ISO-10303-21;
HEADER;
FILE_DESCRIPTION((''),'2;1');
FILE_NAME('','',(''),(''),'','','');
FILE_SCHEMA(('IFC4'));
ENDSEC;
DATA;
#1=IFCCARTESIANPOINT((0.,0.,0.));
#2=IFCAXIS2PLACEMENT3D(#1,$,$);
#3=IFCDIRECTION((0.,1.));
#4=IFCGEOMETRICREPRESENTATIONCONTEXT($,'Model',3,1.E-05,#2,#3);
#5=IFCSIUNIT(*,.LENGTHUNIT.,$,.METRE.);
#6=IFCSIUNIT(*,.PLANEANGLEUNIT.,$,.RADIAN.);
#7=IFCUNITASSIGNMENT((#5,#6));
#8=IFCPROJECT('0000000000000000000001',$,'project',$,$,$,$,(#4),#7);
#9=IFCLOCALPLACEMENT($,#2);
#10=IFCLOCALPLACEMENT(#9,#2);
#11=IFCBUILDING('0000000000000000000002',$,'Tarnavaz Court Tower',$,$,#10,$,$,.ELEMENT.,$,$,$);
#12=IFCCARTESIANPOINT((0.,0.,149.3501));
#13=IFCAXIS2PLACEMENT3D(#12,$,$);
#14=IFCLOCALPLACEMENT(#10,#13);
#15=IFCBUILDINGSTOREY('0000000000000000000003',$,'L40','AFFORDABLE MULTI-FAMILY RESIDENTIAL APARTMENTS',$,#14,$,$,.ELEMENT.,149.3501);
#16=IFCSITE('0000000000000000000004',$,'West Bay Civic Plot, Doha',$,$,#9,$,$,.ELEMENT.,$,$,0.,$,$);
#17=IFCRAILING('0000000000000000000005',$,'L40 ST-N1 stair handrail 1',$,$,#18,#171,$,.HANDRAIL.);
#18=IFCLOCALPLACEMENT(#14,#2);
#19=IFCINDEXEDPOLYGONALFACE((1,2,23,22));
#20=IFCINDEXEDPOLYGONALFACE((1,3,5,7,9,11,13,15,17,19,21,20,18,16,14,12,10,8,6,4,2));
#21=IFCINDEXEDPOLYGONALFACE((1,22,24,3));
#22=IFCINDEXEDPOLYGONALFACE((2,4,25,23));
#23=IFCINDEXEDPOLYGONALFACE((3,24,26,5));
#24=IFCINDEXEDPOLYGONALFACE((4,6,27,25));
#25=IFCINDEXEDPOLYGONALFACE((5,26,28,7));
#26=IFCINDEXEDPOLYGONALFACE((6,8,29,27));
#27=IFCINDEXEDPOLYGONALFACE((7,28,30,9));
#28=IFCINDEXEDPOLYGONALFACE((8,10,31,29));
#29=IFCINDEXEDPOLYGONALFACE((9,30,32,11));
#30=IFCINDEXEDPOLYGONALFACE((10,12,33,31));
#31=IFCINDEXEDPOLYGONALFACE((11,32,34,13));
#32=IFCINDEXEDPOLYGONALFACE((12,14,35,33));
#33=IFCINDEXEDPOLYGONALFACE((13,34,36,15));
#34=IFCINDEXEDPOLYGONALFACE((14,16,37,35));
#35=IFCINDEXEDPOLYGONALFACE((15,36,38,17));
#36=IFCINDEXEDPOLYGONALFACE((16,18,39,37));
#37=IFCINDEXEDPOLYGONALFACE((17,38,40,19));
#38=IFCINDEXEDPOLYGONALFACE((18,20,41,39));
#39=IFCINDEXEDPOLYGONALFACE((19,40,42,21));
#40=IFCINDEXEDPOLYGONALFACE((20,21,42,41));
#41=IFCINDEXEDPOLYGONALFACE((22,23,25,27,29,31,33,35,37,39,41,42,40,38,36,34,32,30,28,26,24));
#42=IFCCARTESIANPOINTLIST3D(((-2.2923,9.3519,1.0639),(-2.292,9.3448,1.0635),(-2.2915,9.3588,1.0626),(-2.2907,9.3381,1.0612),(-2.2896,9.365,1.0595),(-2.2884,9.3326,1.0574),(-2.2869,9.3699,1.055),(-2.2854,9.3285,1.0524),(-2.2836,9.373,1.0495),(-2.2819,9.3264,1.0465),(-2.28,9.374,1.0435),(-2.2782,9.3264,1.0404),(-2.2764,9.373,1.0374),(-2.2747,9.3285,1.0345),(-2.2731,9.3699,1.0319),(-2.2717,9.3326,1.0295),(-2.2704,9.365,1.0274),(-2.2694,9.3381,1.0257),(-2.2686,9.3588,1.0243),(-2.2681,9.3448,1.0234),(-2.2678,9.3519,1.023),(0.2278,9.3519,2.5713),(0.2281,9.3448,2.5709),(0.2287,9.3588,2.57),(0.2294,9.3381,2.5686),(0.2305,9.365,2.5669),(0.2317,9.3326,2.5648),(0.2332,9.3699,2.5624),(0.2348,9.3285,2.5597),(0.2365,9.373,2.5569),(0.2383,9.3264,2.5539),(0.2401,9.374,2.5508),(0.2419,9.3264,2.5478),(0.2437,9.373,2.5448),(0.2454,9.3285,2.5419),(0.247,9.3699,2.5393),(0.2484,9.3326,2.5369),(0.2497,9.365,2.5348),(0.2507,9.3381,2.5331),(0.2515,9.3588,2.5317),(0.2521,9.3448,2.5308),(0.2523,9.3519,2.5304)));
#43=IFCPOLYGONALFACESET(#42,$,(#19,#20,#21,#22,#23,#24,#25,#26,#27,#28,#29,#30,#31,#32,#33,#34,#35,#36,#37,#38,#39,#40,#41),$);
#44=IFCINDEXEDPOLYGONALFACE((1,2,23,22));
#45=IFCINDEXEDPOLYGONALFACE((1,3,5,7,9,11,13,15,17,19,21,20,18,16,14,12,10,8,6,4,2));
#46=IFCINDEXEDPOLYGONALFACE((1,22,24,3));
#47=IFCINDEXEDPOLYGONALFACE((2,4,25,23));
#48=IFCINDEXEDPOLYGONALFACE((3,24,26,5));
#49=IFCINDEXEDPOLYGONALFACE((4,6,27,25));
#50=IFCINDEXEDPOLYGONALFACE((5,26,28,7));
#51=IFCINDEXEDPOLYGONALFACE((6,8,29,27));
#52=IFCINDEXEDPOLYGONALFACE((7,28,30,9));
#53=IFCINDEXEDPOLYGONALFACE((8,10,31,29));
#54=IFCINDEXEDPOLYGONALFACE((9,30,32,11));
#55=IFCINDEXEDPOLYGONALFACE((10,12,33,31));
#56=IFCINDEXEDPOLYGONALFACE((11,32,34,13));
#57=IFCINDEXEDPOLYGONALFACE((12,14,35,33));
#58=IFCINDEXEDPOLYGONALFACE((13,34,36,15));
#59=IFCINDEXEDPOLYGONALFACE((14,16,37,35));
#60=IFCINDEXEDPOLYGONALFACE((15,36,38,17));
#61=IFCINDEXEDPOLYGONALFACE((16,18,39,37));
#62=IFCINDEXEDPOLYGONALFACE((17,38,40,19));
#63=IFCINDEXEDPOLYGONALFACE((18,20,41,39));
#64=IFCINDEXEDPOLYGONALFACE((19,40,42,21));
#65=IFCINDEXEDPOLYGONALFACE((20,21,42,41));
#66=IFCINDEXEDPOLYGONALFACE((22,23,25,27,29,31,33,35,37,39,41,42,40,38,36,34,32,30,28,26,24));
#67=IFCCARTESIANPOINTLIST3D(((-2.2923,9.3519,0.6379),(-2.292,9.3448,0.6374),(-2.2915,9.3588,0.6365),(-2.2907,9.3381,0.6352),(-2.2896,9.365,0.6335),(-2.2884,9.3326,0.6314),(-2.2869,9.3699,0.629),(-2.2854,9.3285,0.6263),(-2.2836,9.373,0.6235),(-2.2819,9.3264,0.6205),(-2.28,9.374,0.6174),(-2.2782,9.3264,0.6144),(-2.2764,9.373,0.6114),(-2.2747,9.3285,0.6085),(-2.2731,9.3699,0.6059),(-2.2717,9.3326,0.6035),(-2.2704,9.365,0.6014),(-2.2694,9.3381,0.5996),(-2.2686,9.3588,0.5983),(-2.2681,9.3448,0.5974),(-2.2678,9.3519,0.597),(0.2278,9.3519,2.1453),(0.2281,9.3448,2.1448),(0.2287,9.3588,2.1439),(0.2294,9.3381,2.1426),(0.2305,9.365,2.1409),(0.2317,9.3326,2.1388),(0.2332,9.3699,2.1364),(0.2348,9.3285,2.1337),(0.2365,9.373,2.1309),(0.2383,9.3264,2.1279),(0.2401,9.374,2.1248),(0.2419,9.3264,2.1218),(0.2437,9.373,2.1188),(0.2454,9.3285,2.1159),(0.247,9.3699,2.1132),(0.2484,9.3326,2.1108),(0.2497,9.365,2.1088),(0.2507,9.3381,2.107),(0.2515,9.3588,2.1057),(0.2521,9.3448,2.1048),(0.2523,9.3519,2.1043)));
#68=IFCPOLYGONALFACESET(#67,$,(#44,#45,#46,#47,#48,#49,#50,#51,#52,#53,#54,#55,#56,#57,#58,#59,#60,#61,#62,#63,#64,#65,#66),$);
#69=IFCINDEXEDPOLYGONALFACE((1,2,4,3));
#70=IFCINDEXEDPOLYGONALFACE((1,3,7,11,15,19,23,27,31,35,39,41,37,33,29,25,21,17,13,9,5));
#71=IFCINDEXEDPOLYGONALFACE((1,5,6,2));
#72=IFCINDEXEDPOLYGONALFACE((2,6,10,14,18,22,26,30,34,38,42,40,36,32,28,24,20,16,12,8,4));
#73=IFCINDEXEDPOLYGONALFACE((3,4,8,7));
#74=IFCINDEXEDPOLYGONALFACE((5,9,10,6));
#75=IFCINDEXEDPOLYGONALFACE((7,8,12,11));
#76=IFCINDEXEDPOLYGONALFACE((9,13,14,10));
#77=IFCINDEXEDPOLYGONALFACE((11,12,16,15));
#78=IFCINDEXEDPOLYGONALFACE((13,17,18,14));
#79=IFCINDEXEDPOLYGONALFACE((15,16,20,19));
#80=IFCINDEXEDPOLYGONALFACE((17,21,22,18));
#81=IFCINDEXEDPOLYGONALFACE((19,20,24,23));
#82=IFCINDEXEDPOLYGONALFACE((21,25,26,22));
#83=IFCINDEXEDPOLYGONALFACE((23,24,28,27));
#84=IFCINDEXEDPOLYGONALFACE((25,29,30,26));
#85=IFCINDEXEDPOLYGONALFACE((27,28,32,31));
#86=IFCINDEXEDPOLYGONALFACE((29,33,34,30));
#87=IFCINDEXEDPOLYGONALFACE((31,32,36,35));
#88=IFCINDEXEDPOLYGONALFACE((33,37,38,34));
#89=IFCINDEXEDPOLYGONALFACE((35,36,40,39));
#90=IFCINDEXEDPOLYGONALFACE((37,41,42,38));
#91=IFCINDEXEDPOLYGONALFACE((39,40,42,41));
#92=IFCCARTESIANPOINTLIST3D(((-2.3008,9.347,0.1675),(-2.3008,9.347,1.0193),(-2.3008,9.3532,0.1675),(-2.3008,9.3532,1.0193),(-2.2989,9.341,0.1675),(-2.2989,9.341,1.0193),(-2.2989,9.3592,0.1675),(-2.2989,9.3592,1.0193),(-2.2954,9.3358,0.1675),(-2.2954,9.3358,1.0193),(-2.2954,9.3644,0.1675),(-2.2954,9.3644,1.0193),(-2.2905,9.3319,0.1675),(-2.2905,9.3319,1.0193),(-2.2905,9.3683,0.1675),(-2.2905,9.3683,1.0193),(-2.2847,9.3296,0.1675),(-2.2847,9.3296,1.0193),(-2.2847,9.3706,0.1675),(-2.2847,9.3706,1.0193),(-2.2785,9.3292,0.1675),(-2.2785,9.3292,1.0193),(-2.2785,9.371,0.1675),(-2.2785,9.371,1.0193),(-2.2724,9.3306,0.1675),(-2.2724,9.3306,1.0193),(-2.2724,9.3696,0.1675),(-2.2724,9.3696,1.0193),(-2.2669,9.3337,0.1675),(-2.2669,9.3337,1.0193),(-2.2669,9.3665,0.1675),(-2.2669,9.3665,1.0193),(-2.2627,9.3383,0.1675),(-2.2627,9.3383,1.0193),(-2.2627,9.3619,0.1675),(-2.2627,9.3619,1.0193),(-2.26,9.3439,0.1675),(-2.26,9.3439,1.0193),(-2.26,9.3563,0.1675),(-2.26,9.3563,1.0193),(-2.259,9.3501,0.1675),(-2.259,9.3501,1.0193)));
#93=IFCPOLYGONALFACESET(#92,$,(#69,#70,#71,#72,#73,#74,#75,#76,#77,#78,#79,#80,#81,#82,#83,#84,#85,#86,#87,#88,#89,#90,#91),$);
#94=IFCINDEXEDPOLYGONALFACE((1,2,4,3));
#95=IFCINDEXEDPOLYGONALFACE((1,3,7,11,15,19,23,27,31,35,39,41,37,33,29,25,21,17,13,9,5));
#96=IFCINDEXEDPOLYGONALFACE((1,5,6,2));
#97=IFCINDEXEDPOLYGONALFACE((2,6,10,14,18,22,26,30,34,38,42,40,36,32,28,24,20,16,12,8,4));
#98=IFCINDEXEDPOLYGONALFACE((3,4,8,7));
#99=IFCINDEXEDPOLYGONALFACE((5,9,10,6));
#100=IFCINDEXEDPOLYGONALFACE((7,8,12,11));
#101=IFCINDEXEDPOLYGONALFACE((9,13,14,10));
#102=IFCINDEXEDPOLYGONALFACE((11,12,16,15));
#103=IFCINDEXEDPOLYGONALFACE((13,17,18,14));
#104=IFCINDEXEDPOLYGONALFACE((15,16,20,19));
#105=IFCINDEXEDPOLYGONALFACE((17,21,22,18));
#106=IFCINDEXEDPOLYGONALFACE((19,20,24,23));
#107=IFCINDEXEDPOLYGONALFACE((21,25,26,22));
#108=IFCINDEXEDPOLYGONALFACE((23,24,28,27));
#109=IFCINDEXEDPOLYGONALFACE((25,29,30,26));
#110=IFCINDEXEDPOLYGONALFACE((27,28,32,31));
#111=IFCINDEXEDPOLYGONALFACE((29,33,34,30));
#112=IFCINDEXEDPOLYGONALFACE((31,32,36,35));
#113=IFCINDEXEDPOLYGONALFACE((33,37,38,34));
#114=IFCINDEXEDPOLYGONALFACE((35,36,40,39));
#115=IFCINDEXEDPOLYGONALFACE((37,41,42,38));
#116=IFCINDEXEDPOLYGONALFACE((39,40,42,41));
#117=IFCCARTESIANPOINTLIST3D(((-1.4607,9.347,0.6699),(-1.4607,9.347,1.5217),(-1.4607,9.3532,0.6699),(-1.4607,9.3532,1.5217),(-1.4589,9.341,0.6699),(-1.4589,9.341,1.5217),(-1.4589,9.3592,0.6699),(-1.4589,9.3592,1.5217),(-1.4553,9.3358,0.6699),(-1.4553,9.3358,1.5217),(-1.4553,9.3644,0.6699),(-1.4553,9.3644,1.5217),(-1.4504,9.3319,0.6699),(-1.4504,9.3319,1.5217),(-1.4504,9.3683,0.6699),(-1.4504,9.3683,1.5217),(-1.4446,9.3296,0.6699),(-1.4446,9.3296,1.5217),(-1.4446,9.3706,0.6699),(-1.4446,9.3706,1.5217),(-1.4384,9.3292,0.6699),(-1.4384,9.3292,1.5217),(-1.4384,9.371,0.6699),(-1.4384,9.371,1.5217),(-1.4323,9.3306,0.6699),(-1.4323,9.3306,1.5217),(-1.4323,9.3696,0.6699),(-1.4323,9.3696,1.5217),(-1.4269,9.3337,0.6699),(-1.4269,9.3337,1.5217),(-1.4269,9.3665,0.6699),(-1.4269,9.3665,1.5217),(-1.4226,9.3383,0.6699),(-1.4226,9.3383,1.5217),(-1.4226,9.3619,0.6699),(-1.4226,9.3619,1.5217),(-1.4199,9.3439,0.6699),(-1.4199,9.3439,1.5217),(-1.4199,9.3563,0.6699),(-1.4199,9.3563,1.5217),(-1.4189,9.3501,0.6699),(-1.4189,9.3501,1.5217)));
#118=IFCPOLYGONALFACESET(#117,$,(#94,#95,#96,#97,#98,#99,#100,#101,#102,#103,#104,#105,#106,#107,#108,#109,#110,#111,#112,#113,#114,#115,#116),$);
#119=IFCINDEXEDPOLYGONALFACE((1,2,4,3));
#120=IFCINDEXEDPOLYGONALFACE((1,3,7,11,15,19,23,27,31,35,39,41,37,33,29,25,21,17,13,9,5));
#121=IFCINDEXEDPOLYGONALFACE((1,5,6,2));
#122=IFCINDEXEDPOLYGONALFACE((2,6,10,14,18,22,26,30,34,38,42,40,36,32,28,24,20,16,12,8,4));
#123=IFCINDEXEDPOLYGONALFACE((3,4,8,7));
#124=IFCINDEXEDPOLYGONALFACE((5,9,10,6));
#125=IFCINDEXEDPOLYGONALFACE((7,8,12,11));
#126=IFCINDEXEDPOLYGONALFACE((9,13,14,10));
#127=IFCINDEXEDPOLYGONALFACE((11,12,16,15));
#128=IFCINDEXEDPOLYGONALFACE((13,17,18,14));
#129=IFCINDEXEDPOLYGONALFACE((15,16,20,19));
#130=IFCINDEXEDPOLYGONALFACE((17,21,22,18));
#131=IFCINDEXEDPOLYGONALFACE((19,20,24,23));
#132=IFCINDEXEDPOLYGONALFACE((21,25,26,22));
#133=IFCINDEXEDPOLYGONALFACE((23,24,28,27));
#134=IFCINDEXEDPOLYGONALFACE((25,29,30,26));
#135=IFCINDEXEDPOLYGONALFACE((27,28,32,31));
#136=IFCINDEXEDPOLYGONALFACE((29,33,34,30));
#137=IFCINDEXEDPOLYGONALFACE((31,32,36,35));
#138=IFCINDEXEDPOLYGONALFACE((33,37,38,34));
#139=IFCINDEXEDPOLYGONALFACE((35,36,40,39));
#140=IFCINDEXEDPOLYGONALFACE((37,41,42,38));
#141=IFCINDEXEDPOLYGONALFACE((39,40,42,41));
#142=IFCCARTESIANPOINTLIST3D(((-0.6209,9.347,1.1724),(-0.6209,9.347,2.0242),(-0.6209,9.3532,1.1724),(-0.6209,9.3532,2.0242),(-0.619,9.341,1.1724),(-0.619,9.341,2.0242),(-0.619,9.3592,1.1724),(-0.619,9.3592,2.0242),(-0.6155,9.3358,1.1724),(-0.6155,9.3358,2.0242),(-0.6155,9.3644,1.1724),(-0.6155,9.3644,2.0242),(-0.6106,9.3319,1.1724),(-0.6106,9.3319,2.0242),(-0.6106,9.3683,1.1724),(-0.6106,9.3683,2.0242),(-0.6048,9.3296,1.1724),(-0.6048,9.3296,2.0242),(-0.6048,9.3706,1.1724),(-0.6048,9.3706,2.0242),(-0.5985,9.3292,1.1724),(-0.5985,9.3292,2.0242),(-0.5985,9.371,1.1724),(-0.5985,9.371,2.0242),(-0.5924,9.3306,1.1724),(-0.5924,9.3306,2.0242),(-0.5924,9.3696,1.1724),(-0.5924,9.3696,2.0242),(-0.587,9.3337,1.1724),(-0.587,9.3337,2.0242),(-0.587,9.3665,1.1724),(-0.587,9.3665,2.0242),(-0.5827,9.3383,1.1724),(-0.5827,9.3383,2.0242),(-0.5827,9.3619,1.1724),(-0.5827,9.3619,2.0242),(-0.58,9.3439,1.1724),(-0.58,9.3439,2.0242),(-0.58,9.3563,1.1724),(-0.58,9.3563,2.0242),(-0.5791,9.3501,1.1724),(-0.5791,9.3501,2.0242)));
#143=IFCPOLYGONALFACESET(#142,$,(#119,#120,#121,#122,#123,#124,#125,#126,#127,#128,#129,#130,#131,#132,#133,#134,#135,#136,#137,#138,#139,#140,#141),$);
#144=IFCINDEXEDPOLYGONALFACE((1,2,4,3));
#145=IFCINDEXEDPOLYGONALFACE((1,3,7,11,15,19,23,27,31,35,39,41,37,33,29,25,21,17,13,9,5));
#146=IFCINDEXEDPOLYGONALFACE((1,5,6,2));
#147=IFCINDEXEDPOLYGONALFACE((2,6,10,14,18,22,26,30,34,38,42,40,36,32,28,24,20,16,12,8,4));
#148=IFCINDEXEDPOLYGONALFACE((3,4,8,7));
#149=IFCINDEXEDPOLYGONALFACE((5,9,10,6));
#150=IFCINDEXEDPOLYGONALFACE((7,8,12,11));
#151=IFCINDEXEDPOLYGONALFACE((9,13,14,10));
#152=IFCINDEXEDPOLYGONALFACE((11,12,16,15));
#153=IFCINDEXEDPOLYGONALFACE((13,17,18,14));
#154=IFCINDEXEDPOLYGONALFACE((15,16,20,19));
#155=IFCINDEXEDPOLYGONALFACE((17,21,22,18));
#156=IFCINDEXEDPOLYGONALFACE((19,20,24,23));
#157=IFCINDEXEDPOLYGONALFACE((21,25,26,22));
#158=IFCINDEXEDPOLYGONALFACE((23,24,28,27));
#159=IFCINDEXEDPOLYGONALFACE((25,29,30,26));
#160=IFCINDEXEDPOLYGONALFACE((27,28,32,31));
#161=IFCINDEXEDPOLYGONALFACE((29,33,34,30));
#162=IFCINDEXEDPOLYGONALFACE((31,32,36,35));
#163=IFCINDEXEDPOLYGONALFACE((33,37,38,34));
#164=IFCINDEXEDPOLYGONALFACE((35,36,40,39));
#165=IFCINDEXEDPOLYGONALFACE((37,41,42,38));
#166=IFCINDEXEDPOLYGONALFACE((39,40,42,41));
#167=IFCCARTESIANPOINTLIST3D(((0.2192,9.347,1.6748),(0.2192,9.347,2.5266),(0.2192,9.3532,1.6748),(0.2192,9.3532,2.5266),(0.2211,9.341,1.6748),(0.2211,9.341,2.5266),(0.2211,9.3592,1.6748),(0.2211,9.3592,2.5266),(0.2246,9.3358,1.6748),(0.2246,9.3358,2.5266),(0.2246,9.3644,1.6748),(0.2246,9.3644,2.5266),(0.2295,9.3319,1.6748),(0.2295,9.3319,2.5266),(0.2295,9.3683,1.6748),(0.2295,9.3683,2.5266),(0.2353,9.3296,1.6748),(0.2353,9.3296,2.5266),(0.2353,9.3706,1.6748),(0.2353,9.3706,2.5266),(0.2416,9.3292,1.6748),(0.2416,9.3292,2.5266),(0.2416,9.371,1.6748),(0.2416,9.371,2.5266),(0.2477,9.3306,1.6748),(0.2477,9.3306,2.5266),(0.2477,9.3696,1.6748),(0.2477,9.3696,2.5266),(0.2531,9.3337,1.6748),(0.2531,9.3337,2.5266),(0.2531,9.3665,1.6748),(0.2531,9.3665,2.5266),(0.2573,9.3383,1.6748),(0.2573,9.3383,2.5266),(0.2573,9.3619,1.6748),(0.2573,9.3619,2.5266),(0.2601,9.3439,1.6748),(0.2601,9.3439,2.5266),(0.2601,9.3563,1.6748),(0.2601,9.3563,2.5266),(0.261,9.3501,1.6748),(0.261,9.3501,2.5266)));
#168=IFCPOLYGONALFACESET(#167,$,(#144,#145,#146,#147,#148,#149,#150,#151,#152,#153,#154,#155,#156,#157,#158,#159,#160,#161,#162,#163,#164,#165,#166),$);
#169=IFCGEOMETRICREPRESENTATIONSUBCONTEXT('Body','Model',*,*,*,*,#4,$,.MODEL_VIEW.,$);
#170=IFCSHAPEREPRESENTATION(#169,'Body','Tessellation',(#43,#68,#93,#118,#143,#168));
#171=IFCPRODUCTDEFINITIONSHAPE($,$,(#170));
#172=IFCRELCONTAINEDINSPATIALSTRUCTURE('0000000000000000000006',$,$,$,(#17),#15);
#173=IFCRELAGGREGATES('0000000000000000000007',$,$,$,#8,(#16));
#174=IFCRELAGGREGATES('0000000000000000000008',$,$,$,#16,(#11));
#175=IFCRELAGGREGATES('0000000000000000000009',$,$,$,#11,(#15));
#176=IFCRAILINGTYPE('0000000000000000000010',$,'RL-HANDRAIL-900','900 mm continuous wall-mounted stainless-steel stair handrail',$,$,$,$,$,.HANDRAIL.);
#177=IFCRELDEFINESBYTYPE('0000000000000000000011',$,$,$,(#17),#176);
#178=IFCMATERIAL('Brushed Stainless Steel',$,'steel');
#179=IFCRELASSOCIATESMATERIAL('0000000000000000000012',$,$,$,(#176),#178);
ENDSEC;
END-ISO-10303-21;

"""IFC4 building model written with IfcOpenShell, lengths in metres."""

from ifc_helpers import new_model, si_unit, direction, frame, origin, origin_2d, place, context, subcontext, project, spatial, circle, extrude, material, type_object, element, save


model = new_model("IFC4")

# Units and contexts
model_context = context("Model", 3, precision=1e-05, world=origin(), true_north=direction((0.0, 1.0)))
body_context = subcontext(model_context, "Body", "Model", "MODEL_VIEW")
ifc_project = project(units=[si_unit("LENGTHUNIT", "METRE"), si_unit("PLANEANGLEUNIT", "RADIAN")], contexts=[model_context])

# Site, building, storey
site_placement = place(None, origin())
site = spatial("IfcSite", under=ifc_project, at=site_placement, Name="West Bay Civic Plot, Doha", CompositionType="ELEMENT", RefElevation=0.0)
building_placement = place(site_placement, origin())
building = spatial("IfcBuilding", under=site, at=building_placement, Name="Tarnavaz Court Tower", CompositionType="ELEMENT")
storey_placement = place(building_placement, frame((0.0, 0.0, 149.3501)))
storey = spatial("IfcBuildingStorey", under=building, at=storey_placement, Name="L40", Description="AFFORDABLE MULTI-FAMILY RESIDENTIAL APARTMENTS", CompositionType="ELEMENT", Elevation=149.3501)

# Railing
ifc_material_1 = material(Name="Brushed Stainless Steel", Category="steel")
railing_type_1 = type_object("IfcRailingType", Name="RL-HANDRAIL-900", Description="900 mm continuous wall-mounted stainless-steel stair handrail", PredefinedType="HANDRAIL", material=ifc_material_1)
railing_1_placement = place(storey_placement, frame((-2.28, 9.3501, 0.1675)))
element("IfcRailing", 1, at=railing_1_placement, inside=storey, type_object=railing_type_1, Name="L40 ST-N1 stair handrail 1", PredefinedType="HANDRAIL", context=body_context, shape_type="SweptSolid", body=[
    extrude(circle(Radius=0.0239, at=origin_2d()), frame((0.0, 0.0, 0.876), z_axis=(0.858196, 0.0, 0.513321), x_axis=(0.0, 1.0, 0.0)), (0.0, 0.0, 1.0), 2.9365),
    extrude(circle(Radius=0.0239, at=origin_2d()), frame((0.0, 0.0, 0.45), z_axis=(0.858196, 0.0, 0.513321), x_axis=(0.0, 1.0, 0.0)), (0.0, 0.0, 1.0), 2.9365),
    extrude(circle(Radius=0.021, at=origin_2d()), origin(), (0.0, 0.0, 1.0), 0.8518),
    extrude(circle(Radius=0.021, at=origin_2d()), frame((0.8401, 0.0, 0.5024)), (0.0, 0.0, 1.0), 0.8518),
    extrude(circle(Radius=0.021, at=origin_2d()), frame((1.6799, 0.0, 1.0049)), (0.0, 0.0, 1.0), 0.8518),
    extrude(circle(Radius=0.021, at=origin_2d()), frame((2.52, 0.0, 1.5073)), (0.0, 0.0, 1.0), 0.8518),
])

save(model, "model.ifc")
